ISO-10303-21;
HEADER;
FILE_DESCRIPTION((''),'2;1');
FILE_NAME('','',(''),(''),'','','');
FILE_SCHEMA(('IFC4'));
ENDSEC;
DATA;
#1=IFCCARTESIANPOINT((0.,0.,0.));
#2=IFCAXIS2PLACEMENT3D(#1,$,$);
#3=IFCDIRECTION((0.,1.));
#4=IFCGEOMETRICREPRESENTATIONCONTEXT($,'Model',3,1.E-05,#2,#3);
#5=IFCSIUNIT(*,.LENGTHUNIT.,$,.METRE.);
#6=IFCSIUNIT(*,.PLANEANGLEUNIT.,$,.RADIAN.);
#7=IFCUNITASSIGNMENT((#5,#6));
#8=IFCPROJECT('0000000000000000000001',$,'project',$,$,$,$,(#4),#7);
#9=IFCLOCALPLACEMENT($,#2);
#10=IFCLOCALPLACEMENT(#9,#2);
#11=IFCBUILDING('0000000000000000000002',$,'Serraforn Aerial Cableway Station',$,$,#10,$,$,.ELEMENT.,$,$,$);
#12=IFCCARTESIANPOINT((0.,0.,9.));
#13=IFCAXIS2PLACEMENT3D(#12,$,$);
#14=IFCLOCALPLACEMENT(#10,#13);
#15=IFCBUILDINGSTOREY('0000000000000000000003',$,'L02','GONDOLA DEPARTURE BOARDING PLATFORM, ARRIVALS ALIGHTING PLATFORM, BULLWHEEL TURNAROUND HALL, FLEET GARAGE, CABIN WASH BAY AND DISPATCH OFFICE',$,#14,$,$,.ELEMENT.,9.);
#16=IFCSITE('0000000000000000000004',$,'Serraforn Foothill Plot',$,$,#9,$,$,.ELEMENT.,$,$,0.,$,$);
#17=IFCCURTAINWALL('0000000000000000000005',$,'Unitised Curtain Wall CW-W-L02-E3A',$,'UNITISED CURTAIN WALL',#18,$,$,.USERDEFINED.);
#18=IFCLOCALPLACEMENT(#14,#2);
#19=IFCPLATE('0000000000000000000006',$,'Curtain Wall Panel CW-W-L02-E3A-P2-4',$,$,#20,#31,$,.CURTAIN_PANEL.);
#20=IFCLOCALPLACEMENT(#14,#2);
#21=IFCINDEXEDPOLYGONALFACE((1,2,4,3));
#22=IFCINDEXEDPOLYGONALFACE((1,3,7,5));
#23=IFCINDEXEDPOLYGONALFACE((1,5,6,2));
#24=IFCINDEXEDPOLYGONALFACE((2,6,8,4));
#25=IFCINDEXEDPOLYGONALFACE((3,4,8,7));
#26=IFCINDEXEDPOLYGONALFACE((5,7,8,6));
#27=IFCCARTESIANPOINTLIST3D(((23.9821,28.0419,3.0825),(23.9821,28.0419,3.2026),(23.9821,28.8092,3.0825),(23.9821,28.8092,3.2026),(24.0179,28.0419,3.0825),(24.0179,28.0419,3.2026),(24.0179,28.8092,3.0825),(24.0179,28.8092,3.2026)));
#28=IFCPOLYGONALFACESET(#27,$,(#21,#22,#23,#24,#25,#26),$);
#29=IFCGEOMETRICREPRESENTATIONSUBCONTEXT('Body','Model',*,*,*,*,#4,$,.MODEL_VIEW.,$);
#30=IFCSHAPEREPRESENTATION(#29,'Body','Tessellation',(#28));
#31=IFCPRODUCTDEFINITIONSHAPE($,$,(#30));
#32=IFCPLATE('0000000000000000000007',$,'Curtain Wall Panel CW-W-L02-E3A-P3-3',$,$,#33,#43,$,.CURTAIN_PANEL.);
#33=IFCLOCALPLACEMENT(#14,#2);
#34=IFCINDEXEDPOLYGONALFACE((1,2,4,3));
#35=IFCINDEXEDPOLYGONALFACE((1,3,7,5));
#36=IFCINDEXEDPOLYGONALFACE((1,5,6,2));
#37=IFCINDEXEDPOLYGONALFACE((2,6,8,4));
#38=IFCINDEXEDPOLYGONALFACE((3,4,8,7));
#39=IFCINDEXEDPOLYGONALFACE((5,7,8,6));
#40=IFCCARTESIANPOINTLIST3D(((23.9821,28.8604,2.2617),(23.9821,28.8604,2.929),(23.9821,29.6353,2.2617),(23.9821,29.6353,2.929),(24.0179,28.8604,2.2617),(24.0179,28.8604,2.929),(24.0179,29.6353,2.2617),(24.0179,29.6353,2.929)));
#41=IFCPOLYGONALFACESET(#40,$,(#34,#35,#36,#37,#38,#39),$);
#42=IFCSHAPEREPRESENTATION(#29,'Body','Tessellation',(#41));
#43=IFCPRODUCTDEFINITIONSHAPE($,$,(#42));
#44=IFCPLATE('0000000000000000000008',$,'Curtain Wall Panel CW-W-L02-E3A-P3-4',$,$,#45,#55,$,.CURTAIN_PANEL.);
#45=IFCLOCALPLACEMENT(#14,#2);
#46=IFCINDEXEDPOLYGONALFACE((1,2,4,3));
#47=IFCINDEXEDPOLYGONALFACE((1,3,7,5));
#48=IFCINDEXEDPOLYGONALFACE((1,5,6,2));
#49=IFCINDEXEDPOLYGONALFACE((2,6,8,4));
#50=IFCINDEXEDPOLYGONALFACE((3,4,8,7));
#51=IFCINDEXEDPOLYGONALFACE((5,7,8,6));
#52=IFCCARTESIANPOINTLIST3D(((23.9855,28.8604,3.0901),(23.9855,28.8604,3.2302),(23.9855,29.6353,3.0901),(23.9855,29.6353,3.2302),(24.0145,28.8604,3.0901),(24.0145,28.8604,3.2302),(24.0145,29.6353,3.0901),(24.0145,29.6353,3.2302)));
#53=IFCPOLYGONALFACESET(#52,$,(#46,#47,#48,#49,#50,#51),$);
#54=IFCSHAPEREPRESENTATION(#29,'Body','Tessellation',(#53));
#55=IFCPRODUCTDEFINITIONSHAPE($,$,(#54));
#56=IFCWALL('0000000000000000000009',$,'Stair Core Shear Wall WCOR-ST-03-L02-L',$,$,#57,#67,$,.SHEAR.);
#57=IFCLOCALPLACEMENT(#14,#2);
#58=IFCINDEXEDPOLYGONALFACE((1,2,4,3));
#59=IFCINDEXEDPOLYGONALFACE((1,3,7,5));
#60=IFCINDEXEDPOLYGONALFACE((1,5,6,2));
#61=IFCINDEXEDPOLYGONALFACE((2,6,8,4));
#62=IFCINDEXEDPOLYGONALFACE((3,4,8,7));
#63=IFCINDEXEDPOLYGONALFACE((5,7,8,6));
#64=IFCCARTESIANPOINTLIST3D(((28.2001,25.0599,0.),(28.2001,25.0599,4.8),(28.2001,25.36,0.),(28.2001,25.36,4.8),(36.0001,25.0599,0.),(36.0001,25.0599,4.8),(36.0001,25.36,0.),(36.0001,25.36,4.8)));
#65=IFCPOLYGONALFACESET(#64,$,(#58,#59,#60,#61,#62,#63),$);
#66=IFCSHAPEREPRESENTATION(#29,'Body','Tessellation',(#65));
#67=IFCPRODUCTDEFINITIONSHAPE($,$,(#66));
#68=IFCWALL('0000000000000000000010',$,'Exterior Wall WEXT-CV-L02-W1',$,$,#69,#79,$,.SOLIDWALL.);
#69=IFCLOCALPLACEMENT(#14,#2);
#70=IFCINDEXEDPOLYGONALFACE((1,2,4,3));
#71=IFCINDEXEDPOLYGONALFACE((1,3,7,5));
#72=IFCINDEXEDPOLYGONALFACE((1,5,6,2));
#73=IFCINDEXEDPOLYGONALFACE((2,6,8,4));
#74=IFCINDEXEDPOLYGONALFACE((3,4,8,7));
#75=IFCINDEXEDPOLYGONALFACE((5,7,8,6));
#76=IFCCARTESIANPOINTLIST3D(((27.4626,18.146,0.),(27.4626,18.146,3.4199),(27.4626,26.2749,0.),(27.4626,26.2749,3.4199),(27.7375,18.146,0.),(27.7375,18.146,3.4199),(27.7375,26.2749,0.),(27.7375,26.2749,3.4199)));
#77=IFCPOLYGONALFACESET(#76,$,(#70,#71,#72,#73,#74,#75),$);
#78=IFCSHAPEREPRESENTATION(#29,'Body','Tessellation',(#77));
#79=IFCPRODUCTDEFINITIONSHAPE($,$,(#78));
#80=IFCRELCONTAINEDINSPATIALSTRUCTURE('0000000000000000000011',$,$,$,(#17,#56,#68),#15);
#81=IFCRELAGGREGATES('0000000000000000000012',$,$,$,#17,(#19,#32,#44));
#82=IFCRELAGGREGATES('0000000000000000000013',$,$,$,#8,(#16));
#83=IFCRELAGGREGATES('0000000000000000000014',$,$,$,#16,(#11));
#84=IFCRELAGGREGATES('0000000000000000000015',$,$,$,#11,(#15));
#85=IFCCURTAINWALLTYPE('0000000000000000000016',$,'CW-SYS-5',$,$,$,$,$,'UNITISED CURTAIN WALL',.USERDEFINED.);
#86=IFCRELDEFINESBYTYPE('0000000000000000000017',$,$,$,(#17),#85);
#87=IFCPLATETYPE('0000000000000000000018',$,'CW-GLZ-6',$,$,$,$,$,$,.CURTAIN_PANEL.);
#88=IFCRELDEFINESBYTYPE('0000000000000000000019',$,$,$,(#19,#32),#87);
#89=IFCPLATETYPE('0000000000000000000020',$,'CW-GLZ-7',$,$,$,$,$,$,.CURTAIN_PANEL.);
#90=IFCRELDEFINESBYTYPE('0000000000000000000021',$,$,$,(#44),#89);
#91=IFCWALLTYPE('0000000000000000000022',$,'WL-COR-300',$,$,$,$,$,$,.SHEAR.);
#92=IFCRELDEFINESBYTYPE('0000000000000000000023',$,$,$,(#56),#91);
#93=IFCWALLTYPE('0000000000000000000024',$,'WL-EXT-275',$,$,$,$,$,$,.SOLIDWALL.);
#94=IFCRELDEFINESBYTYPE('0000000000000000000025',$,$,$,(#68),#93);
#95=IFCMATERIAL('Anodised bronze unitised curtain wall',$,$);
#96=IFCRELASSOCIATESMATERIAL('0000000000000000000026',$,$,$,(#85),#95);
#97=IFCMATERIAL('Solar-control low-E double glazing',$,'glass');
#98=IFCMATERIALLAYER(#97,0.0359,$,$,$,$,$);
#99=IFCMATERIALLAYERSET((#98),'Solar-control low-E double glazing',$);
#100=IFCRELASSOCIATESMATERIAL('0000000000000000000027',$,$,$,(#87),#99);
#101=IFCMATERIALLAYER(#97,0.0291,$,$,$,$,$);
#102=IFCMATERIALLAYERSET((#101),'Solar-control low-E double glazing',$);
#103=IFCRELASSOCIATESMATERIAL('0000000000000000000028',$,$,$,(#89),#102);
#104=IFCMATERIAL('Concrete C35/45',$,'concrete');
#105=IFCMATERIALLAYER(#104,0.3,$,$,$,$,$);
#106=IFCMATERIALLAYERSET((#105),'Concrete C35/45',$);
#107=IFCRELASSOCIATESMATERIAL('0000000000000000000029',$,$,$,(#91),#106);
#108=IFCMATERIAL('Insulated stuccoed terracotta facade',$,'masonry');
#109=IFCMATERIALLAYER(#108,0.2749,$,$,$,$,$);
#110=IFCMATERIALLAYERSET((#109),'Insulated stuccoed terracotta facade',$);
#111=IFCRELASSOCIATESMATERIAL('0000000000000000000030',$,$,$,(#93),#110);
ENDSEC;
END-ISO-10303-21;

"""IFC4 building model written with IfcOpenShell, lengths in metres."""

from ifc_helpers import new_model, si_unit, direction, frame, frame_2d, origin, origin_2d, place, context, subcontext, project, spatial, rectangle, extrude, material, layer, layer_set, type_object, element, aggregate, save


model = new_model("IFC4")

# Units and contexts
model_context = context("Model", 3, precision=1e-05, world=origin(), true_north=direction((0.0, 1.0)))
body_context = subcontext(model_context, "Body", "Model", "MODEL_VIEW")
ifc_project = project(units=[si_unit("LENGTHUNIT", "METRE"), si_unit("PLANEANGLEUNIT", "RADIAN")], contexts=[model_context])

# Site, building, storey
site_placement = place(None, origin())
site = spatial("IfcSite", under=ifc_project, at=site_placement, Name="Serraforn Foothill Plot", CompositionType="ELEMENT", RefElevation=0.0)
building_placement = place(site_placement, origin())
building = spatial("IfcBuilding", under=site, at=building_placement, Name="Serraforn Aerial Cableway Station", CompositionType="ELEMENT")
storey_placement = place(building_placement, frame((0.0, 0.0, 9.0)))
storey = spatial("IfcBuildingStorey", under=building, at=storey_placement, Name="L02", Description="GONDOLA DEPARTURE BOARDING PLATFORM, ARRIVALS ALIGHTING PLATFORM, BULLWHEEL TURNAROUND HALL, FLEET GARAGE, CABIN WASH BAY AND DISPATCH OFFICE", CompositionType="ELEMENT", Elevation=9.0)

# Shared definitions
ifc_material_1 = material(Name="Concrete C35/45", Category="concrete")

# Curtain wall, plates
ifc_material_2 = material(Name="Anodised bronze unitised curtain wall")
curtain_wall_type = type_object("IfcCurtainWallType", Name="CW-SYS-5", ElementType="UNITISED CURTAIN WALL", PredefinedType="USERDEFINED", material=ifc_material_2)
curtain_wall_placement = place(storey_placement, origin())
curtain_wall = element("IfcCurtainWall", 1, at=curtain_wall_placement, inside=storey, type_object=curtain_wall_type, Name="Unitised Curtain Wall CW-W-L02-E3A", ObjectType="UNITISED CURTAIN WALL", PredefinedType="USERDEFINED")
ifc_material_3 = material(Name="Solar-control low-E double glazing", Category="glass")
ifc_layer_1 = layer(ifc_material_3, 0.0359)
ifc_layer_set_1 = layer_set([ifc_layer_1], Name="Solar-control low-E double glazing")
plate_type_1 = type_object("IfcPlateType", Name="CW-GLZ-6", PredefinedType="CURTAIN_PANEL", material=ifc_layer_set_1)
plate_1_placement = place(storey_placement, frame((24.0, 28.4255, 3.0825), z_axis=(0.0, 0.0, 1.0), x_axis=(1.0, 0.0, 0.0)))
plate_1 = element("IfcPlate", 2, at=plate_1_placement, type_object=plate_type_1, Name="Curtain Wall Panel CW-W-L02-E3A-P2-4", PredefinedType="CURTAIN_PANEL", context=body_context, shape_type="SweptSolid", body=[
    extrude(rectangle(XDim=0.0359, YDim=0.7673, at=origin_2d()), origin(), (0.0, 0.0, 1.0), 0.1201),
])
plate_2_placement = place(storey_placement, frame((24.0, 29.2478, 2.2617), z_axis=(0.0, 0.0, 1.0), x_axis=(1.0, 0.0, 0.0)))
plate_2 = element("IfcPlate", 3, at=plate_2_placement, type_object=plate_type_1, Name="Curtain Wall Panel CW-W-L02-E3A-P3-3", PredefinedType="CURTAIN_PANEL", context=body_context, shape_type="SweptSolid", body=[
    extrude(rectangle(XDim=0.0359, YDim=0.7749, at=origin_2d()), origin(), (0.0, 0.0, 1.0), 0.6672),
])
ifc_layer_2 = layer(ifc_material_3, 0.0291)
ifc_layer_set_2 = layer_set([ifc_layer_2], Name="Solar-control low-E double glazing")
plate_type_2 = type_object("IfcPlateType", Name="CW-GLZ-7", PredefinedType="CURTAIN_PANEL", material=ifc_layer_set_2)
plate_3_placement = place(storey_placement, frame((24.0, 29.2478, 3.0901), z_axis=(0.0, 0.0, 1.0), x_axis=(1.0, 0.0, 0.0)))
plate_3 = element("IfcPlate", 4, at=plate_3_placement, type_object=plate_type_2, Name="Curtain Wall Panel CW-W-L02-E3A-P3-4", PredefinedType="CURTAIN_PANEL", context=body_context, shape_type="SweptSolid", body=[
    extrude(rectangle(XDim=0.0291, YDim=0.7749, at=origin_2d()), origin(), (0.0, 0.0, 1.0), 0.1401),
])
aggregate(curtain_wall, [plate_1, plate_2, plate_3])

# Walls
ifc_layer_3 = layer(ifc_material_1, 0.3)
ifc_layer_set_3 = layer_set([ifc_layer_3], Name="Concrete C35/45")
wall_type_1 = type_object("IfcWallType", Name="WL-COR-300", PredefinedType="SHEAR", material=ifc_layer_set_3)
wall_1_placement = place(storey_placement, frame((36.0, 25.21, 0.0), z_axis=(0.0, 0.0, 1.0), x_axis=(-1.0, 0.0, 0.0)))
element("IfcWall", 5, at=wall_1_placement, inside=storey, type_object=wall_type_1, Name="Stair Core Shear Wall WCOR-ST-03-L02-L", PredefinedType="SHEAR", context=body_context, shape_type="SweptSolid", body=[
    extrude(rectangle(XDim=7.8, YDim=0.3, at=frame_2d((3.8999, 0.0))), origin(), (0.0, 0.0, 1.0), 4.8),
])
ifc_material_4 = material(Name="Insulated stuccoed terracotta facade", Category="masonry")
ifc_layer_4 = layer(ifc_material_4, 0.2749)
ifc_layer_set_4 = layer_set([ifc_layer_4], Name="Insulated stuccoed terracotta facade")
wall_type_2 = type_object("IfcWallType", Name="WL-EXT-275", PredefinedType="SOLIDWALL", material=ifc_layer_set_4)
wall_2_placement = place(storey_placement, frame((27.6001, 26.2749, 0.0), z_axis=(0.0, 0.0, 1.0), x_axis=(0.0, -1.0, 0.0)))
element("IfcWall", 6, at=wall_2_placement, inside=storey, type_object=wall_type_2, Name="Exterior Wall WEXT-CV-L02-W1", PredefinedType="SOLIDWALL", context=body_context, shape_type="SweptSolid", body=[
    extrude(rectangle(XDim=8.1289, YDim=0.2749, at=frame_2d((4.0645, 0.0))), origin(), (0.0, 0.0, 1.0), 3.4199),
])

save(model, "model.ifc")
